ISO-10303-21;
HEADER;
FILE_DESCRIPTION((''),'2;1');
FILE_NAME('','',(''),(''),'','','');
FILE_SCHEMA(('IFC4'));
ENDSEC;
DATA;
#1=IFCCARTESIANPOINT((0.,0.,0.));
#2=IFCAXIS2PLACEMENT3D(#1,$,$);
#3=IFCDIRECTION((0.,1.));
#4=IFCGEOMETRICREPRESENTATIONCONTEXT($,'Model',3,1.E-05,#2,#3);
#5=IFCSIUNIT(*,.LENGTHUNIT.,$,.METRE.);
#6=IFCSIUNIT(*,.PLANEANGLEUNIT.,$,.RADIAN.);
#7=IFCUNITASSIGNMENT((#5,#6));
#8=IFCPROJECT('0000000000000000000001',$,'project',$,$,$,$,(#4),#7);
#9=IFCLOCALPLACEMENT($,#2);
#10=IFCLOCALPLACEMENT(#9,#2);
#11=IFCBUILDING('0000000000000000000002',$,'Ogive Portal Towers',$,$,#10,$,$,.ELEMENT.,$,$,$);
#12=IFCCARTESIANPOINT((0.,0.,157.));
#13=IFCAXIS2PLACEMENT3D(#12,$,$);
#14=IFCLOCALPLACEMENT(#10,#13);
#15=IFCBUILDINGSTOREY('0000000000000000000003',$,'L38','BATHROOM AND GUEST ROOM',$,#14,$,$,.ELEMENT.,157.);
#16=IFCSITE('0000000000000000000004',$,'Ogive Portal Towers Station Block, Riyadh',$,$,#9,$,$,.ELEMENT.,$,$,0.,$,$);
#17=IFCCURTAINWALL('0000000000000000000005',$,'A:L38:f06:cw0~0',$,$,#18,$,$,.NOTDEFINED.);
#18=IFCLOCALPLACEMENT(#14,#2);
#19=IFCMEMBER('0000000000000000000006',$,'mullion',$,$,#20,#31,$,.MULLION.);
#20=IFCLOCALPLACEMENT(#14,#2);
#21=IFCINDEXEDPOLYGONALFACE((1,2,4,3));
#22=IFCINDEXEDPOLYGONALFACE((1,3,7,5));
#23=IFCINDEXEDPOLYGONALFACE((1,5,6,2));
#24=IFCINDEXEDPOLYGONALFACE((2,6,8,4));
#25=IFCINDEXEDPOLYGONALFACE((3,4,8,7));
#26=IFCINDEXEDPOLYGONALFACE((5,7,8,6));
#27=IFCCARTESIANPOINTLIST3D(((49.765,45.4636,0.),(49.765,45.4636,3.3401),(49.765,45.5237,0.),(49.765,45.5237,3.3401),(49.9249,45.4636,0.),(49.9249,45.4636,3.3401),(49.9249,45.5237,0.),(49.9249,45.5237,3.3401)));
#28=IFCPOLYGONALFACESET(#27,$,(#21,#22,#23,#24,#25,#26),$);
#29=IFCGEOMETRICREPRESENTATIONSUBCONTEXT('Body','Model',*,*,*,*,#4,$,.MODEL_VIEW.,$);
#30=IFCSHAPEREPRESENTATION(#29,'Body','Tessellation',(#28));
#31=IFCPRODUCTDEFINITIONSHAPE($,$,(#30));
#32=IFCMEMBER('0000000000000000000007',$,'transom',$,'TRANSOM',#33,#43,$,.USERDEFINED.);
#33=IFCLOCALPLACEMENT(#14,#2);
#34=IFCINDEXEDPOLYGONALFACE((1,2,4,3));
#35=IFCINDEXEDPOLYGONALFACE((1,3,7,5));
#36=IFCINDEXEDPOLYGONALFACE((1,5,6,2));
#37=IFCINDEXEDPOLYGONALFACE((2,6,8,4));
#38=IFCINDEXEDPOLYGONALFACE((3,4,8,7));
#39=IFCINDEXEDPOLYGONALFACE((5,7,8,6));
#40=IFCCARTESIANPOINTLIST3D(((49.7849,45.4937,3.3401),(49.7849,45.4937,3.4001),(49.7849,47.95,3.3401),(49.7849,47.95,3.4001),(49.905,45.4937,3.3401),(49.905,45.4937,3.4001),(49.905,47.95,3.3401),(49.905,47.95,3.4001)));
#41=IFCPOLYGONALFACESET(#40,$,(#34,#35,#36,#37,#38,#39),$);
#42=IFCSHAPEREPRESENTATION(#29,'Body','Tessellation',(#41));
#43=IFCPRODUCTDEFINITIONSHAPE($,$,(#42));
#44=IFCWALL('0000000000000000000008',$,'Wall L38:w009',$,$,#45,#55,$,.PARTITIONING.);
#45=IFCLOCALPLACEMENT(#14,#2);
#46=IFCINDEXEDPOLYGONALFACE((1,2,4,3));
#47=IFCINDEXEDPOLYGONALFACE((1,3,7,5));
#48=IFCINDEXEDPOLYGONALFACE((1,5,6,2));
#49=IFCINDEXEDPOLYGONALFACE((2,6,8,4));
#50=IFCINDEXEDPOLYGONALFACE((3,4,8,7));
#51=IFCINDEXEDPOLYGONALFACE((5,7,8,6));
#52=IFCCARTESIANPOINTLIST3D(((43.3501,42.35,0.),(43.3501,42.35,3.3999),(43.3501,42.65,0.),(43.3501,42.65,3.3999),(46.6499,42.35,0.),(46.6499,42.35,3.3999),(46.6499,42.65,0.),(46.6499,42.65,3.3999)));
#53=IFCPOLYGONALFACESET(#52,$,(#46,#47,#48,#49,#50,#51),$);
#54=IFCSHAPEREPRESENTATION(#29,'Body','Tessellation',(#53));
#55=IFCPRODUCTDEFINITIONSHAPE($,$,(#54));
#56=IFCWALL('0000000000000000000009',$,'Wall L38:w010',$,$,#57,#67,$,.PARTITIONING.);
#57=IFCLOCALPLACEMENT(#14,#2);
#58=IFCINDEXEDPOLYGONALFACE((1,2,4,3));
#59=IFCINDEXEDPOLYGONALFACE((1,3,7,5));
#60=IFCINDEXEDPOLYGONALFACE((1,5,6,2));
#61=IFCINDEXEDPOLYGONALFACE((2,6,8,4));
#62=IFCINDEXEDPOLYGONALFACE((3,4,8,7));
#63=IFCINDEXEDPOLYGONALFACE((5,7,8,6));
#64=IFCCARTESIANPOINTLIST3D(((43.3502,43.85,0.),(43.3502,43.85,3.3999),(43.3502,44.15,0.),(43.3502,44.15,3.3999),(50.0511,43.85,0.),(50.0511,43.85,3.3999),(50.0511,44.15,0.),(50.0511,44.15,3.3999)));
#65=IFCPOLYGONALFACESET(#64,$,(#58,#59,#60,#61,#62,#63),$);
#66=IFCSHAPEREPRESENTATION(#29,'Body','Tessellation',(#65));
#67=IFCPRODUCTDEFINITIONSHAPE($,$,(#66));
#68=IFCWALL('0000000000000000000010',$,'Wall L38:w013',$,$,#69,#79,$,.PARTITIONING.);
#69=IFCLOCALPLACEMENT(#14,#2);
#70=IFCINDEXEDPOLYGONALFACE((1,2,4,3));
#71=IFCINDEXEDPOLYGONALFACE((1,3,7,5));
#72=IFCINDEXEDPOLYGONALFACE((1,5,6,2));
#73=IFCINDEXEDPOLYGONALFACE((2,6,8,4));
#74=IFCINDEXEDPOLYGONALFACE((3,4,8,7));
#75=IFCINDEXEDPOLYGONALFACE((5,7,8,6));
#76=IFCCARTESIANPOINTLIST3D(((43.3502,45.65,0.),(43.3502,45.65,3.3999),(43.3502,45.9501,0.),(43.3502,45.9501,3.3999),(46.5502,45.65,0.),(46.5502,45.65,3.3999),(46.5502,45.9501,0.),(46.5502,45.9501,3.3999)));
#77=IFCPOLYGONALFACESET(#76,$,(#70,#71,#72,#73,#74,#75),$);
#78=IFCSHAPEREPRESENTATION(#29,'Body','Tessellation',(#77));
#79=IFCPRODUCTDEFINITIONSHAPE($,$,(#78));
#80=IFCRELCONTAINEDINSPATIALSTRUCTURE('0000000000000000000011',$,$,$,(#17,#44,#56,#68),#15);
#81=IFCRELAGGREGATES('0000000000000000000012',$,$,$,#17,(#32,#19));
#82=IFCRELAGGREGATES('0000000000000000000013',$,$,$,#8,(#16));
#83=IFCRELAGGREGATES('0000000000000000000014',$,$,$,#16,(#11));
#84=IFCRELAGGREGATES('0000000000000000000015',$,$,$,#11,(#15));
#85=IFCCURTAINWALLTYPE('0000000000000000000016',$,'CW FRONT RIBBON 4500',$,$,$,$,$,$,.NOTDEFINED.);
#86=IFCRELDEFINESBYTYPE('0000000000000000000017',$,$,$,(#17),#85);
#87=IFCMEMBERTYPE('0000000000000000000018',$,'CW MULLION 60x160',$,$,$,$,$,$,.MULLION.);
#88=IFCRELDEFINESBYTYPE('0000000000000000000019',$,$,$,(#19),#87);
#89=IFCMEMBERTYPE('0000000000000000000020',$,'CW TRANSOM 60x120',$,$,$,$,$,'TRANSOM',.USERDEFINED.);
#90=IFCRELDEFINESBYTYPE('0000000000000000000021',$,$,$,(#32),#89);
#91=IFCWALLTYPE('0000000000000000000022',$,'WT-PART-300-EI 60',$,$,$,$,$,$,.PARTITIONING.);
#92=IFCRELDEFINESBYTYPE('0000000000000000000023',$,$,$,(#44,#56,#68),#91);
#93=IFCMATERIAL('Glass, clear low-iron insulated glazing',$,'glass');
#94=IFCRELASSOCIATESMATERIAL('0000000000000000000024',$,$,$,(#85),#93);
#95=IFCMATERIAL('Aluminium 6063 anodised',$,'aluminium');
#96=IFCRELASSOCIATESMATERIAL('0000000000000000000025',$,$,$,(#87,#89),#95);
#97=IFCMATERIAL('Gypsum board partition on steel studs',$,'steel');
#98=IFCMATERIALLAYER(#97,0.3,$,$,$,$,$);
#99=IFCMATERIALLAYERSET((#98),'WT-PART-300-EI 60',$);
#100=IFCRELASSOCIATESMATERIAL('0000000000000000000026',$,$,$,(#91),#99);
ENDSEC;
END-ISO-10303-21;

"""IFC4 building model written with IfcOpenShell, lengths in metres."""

from ifc_helpers import new_model, si_unit, direction, frame, frame_2d, origin, origin_2d, place, context, subcontext, project, spatial, rectangle, extrude, material, layer, layer_set, material_profile, profile_set, type_object, element, aggregate, save


model = new_model("IFC4")

# Units and contexts
model_context = context("Model", 3, precision=1e-05, world=origin(), true_north=direction((0.0, 1.0)))
body_context = subcontext(model_context, "Body", "Model", "MODEL_VIEW")
ifc_project = project(units=[si_unit("LENGTHUNIT", "METRE"), si_unit("PLANEANGLEUNIT", "RADIAN")], contexts=[model_context])

# Site, building, storey
site_placement = place(None, origin())
site = spatial("IfcSite", under=ifc_project, at=site_placement, Name="Ogive Portal Towers Station Block, Riyadh", CompositionType="ELEMENT", RefElevation=0.0)
building_placement = place(site_placement, origin())
building = spatial("IfcBuilding", under=site, at=building_placement, Name="Ogive Portal Towers", CompositionType="ELEMENT")
storey_placement = place(building_placement, frame((0.0, 0.0, 157.0)))
storey = spatial("IfcBuildingStorey", under=building, at=storey_placement, Name="L38", Description="BATHROOM AND GUEST ROOM", CompositionType="ELEMENT", Elevation=157.0)

# Curtain wall, members
ifc_material_1 = material(Name="Glass, clear low-iron insulated glazing", Category="glass")
curtain_wall_type = type_object("IfcCurtainWallType", Name="CW FRONT RIBBON 4500", PredefinedType="NOTDEFINED", material=ifc_material_1)
curtain_wall_placement = place(storey_placement, origin())
curtain_wall = element("IfcCurtainWall", 1, at=curtain_wall_placement, inside=storey, type_object=curtain_wall_type, Name="A:L38:f06:cw0~0", PredefinedType="NOTDEFINED")
ifc_material_2 = material(Name="Aluminium 6063 anodised", Category="aluminium")
ifc_material_profile_1 = material_profile(ifc_material_2, rectangle(XDim=0.1599, YDim=0.0601, at=origin_2d()), Name="AL 60x160")
ifc_profile_set_1 = profile_set([ifc_material_profile_1], Name="Aluminium 6063 anodised")
member_type_1 = type_object("IfcMemberType", Name="CW MULLION 60x160", PredefinedType="MULLION", material=ifc_profile_set_1)
member_1_placement = place(storey_placement, frame((49.845, 45.4937, 0.0), z_axis=(0.0, 0.0, 1.0), x_axis=(-1.0, 0.0, 0.0)))
member_1 = element("IfcMember", 2, at=member_1_placement, type_object=member_type_1, Name="mullion", PredefinedType="MULLION", context=body_context, shape_type="SweptSolid", body=[
    extrude(rectangle(XDim=0.1599, YDim=0.0601, at=origin_2d()), origin(), (0.0, 0.0, 1.0), 3.3401),
])
ifc_material_profile_2 = material_profile(ifc_material_2, rectangle(XDim=0.1201, YDim=0.0601, at=origin_2d()), Name="AL 120x60")
ifc_profile_set_2 = profile_set([ifc_material_profile_2], Name="Aluminium 6063 anodised")
member_type_2 = type_object("IfcMemberType", Name="CW TRANSOM 60x120", ElementType="TRANSOM", PredefinedType="USERDEFINED", material=ifc_profile_set_2)
member_2_placement = place(storey_placement, frame((49.845, 45.4937, 3.3701), z_axis=(0.0, 1.0, 0.0), x_axis=(-1.0, 0.0, 0.0)))
member_2 = element("IfcMember", 3, at=member_2_placement, type_object=member_type_2, Name="transom", ObjectType="TRANSOM", PredefinedType="USERDEFINED", context=body_context, shape_type="SweptSolid", body=[
    extrude(rectangle(XDim=0.1201, YDim=0.0601, at=origin_2d()), origin(), (0.0, 0.0, 1.0), 2.4563),
])
aggregate(curtain_wall, [member_2, member_1])

# Walls
ifc_material_3 = material(Name="Gypsum board partition on steel studs", Category="steel")
ifc_layer_1 = layer(ifc_material_3, 0.3)
ifc_layer_set_1 = layer_set([ifc_layer_1], Name="WT-PART-300-EI 60")
wall_type_1 = type_object("IfcWallType", Name="WT-PART-300-EI 60", PredefinedType="PARTITIONING", material=ifc_layer_set_1)
wall_1_placement = place(storey_placement, frame((43.3501, 42.5, 0.0), z_axis=(0.0, 0.0, 1.0), x_axis=(1.0, 0.0, 0.0)))
element("IfcWall", 4, at=wall_1_placement, inside=storey, type_object=wall_type_1, Name="Wall L38:w009", PredefinedType="PARTITIONING", context=body_context, shape_type="SweptSolid", body=[
    extrude(rectangle(XDim=3.2998, YDim=0.3, at=frame_2d((1.6499, 0.0))), origin(), (0.0, 0.0, 1.0), 3.3999),
])
wall_2_placement = place(storey_placement, frame((43.3501, 44.0, 0.0), z_axis=(0.0, 0.0, 1.0), x_axis=(1.0, 0.0, 0.0)))
element("IfcWall", 5, at=wall_2_placement, inside=storey, type_object=wall_type_1, Name="Wall L38:w010", PredefinedType="PARTITIONING", context=body_context, shape_type="SweptSolid", body=[
    extrude(rectangle(XDim=6.7009, YDim=0.3, at=frame_2d((3.3506, 0.0))), origin(), (0.0, 0.0, 1.0), 3.3999),
])
wall_3_placement = place(storey_placement, frame((43.3501, 45.8, 0.0), z_axis=(0.0, 0.0, 1.0), x_axis=(1.0, 0.0, 0.0)))
element("IfcWall", 6, at=wall_3_placement, inside=storey, type_object=wall_type_1, Name="Wall L38:w013", PredefinedType="PARTITIONING", context=body_context, shape_type="SweptSolid", body=[
    extrude(rectangle(XDim=3.2, YDim=0.3, at=frame_2d((1.6001, 0.0))), origin(), (0.0, 0.0, 1.0), 3.3999),
])

save(model, "model.ifc")
